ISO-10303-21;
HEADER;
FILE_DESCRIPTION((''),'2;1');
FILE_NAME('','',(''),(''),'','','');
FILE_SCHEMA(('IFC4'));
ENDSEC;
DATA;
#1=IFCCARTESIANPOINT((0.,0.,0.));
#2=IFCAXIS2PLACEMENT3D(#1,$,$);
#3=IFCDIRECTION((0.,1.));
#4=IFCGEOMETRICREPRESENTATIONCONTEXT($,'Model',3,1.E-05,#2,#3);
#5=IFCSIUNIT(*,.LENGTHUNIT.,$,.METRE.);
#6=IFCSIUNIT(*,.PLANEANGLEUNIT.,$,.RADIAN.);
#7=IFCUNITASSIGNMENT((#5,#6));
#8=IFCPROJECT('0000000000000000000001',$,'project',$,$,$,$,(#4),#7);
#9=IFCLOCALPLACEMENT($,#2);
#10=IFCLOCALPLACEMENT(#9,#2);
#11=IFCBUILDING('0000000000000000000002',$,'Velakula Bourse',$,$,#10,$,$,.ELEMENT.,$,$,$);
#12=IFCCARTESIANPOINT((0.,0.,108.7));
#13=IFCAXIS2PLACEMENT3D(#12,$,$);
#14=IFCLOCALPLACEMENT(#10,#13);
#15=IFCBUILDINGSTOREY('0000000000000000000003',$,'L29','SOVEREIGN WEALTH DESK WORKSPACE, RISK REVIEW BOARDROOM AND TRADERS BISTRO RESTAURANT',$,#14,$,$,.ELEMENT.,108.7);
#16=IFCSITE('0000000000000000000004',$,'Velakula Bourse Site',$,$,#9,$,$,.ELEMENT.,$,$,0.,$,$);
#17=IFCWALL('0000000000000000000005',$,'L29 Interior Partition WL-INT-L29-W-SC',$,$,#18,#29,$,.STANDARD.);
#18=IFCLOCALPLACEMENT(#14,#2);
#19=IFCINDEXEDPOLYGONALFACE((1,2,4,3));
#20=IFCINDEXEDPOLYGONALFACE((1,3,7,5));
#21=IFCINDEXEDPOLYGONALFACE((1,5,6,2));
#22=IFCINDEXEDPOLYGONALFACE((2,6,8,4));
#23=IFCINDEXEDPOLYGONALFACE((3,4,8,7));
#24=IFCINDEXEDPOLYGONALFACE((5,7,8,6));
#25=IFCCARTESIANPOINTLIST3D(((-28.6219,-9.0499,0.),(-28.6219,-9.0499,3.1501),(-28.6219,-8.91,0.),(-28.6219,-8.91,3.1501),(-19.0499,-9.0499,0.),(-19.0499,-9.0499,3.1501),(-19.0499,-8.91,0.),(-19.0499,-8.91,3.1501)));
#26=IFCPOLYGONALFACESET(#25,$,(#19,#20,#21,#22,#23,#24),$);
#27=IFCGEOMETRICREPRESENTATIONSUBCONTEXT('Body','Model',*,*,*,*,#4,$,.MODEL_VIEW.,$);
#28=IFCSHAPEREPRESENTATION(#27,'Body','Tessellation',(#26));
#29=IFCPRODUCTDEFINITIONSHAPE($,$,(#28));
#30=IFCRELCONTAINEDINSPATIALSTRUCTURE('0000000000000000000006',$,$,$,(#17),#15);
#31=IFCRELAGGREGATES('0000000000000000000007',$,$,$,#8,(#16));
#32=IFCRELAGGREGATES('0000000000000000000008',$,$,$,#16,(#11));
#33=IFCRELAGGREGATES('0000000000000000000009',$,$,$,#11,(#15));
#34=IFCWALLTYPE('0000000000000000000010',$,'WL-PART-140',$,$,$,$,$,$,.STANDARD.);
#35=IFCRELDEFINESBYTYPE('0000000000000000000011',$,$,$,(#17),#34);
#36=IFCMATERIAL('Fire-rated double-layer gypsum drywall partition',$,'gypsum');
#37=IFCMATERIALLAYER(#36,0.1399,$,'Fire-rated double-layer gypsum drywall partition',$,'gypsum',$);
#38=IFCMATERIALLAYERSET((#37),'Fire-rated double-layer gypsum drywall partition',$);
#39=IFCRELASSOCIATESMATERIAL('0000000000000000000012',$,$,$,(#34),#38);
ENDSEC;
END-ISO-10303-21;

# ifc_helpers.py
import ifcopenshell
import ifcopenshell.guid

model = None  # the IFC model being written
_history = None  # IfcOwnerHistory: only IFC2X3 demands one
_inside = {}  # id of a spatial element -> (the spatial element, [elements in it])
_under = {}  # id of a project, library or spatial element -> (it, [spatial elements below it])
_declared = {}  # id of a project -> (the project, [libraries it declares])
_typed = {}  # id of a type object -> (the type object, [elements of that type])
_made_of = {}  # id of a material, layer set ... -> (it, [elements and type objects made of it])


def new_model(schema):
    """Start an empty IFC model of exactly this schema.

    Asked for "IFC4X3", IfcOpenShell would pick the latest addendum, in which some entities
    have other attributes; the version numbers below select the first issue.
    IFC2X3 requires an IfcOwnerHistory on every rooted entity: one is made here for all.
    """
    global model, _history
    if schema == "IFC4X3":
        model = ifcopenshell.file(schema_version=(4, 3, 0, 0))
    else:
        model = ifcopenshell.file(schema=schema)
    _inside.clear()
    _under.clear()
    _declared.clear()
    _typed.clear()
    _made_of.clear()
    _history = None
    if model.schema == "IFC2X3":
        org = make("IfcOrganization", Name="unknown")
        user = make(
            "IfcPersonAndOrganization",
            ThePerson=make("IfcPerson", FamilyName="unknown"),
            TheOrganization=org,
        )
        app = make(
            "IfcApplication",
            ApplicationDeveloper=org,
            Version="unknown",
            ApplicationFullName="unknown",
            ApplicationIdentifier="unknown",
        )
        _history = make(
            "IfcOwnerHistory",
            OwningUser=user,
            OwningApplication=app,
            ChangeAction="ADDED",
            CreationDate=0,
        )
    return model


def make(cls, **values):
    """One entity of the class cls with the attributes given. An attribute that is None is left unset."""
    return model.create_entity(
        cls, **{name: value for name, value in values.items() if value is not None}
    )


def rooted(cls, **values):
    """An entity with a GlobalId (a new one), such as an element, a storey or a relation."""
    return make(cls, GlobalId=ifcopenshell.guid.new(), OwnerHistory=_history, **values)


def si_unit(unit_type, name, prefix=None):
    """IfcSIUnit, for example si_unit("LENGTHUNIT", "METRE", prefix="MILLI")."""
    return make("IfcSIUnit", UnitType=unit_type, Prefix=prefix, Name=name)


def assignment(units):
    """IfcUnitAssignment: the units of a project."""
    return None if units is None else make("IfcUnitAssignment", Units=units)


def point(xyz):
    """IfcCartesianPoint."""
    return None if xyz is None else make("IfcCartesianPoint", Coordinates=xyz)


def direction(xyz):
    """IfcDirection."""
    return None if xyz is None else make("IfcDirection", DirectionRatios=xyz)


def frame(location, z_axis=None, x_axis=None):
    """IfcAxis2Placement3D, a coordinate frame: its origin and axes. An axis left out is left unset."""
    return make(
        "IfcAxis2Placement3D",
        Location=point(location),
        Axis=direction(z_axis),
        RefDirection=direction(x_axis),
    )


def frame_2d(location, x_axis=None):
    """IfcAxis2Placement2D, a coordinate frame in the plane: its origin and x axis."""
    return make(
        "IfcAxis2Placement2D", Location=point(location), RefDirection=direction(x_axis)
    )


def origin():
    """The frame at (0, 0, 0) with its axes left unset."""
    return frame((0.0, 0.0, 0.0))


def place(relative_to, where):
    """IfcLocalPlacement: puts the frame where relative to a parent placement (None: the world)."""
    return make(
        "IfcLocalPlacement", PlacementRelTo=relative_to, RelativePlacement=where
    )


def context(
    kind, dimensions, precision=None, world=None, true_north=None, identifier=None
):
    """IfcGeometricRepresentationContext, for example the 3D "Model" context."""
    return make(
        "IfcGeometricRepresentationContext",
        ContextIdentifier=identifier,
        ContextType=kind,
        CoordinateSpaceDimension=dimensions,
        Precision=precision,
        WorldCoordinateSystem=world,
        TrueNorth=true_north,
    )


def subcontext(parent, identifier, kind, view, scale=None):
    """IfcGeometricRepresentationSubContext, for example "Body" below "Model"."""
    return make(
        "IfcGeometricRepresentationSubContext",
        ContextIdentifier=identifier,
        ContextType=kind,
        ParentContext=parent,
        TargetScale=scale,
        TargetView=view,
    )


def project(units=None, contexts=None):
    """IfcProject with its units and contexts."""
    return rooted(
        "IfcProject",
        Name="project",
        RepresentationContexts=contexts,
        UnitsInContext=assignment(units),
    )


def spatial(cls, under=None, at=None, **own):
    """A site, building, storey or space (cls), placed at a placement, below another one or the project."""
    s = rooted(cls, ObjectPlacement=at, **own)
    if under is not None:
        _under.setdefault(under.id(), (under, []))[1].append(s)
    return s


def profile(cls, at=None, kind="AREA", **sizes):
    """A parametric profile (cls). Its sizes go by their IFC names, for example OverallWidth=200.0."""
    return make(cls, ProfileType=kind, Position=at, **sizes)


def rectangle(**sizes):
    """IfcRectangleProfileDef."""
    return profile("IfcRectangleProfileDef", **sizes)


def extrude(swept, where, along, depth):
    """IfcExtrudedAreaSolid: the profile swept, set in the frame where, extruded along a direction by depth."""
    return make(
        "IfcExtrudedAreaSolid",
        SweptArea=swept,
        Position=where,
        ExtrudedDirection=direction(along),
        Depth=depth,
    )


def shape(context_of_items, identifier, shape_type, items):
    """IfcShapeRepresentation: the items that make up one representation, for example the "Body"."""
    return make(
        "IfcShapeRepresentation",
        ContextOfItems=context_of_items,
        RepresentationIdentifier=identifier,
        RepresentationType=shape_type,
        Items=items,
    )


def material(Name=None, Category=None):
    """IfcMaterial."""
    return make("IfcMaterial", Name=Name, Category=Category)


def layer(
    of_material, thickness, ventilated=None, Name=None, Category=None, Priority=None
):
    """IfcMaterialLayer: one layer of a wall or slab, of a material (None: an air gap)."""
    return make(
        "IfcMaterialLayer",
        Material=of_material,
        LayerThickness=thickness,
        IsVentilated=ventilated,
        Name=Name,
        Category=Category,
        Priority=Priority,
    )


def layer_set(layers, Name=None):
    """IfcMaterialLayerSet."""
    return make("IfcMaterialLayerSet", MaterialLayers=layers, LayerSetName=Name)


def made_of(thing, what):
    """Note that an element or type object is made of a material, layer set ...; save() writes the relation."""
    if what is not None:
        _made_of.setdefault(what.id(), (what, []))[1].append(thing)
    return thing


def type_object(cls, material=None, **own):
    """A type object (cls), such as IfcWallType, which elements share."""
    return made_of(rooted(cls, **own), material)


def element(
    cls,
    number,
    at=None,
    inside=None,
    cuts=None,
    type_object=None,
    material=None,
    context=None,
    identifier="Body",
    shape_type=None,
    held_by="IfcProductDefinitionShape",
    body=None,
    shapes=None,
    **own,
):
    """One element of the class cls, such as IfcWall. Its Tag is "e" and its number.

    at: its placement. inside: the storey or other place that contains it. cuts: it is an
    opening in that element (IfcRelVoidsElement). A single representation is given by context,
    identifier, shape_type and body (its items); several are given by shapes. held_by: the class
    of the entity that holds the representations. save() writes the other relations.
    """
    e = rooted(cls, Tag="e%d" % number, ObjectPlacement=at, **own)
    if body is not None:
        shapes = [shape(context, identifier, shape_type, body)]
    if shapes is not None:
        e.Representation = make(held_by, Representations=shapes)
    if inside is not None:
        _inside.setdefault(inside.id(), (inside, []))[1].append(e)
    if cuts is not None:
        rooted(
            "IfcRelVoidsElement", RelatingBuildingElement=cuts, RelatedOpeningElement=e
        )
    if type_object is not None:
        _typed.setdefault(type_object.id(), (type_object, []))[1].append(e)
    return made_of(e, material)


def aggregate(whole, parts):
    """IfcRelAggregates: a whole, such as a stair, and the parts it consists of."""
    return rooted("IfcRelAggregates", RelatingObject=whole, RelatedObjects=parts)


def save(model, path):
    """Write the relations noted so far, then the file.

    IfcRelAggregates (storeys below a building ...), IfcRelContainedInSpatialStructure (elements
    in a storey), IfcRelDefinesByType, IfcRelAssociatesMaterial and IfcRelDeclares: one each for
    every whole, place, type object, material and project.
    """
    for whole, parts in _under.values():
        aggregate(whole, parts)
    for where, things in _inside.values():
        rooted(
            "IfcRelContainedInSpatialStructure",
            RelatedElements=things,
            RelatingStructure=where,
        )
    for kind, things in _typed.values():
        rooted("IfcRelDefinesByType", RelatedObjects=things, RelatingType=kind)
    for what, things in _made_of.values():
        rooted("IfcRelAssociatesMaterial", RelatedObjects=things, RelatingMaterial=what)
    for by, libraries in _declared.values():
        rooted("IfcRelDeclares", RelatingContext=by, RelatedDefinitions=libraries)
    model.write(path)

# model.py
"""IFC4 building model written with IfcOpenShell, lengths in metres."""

from ifc_helpers import new_model, si_unit, direction, frame, frame_2d, origin, place, context, subcontext, project, spatial, rectangle, extrude, material, layer, layer_set, type_object, element, save


model = new_model("IFC4")

# Units and contexts
model_context = context("Model", 3, precision=1e-05, world=origin(), true_north=direction((0.0, 1.0)))
body_context = subcontext(model_context, "Body", "Model", "MODEL_VIEW")
ifc_project = project(units=[si_unit("LENGTHUNIT", "METRE"), si_unit("PLANEANGLEUNIT", "RADIAN")], contexts=[model_context])

# Site, building, storey
site_placement = place(None, origin())
site = spatial("IfcSite", under=ifc_project, at=site_placement, Name="Velakula Bourse Site", CompositionType="ELEMENT", RefElevation=0.0)
building_placement = place(site_placement, origin())
building = spatial("IfcBuilding", under=site, at=building_placement, Name="Velakula Bourse", CompositionType="ELEMENT")
storey_placement = place(building_placement, frame((0.0, 0.0, 108.7)))
storey = spatial("IfcBuildingStorey", under=building, at=storey_placement, Name="L29", Description="SOVEREIGN WEALTH DESK WORKSPACE, RISK REVIEW BOARDROOM AND TRADERS BISTRO RESTAURANT", CompositionType="ELEMENT", Elevation=108.7)

# Shared definitions
ifc_material_1 = material(Name="Fire-rated double-layer gypsum drywall partition", Category="gypsum")
ifc_layer_1 = layer(ifc_material_1, 0.1399, Name="Fire-rated double-layer gypsum drywall partition", Category="gypsum")
ifc_layer_set_1 = layer_set([ifc_layer_1], Name="Fire-rated double-layer gypsum drywall partition")
wall_type_1 = type_object("IfcWallType", Name="WL-PART-140", PredefinedType="STANDARD", material=ifc_layer_set_1)

# Wall
wall_1_placement = place(storey_placement, frame((-28.6221, -8.98, 0.0), z_axis=(0.0, 0.0, 1.0), x_axis=(1.0, 0.0, 0.0)))
element("IfcWall", 1, at=wall_1_placement, inside=storey, type_object=wall_type_1, Name="L29 Interior Partition WL-INT-L29-W-SC", PredefinedType="STANDARD", context=body_context, shape_type="SweptSolid", body=[
    extrude(rectangle(XDim=9.572, YDim=0.1399, at=frame_2d((4.7861, 0.0))), origin(), (0.0, 0.0, 1.0), 3.1501),
])

save(model, "model.ifc")
